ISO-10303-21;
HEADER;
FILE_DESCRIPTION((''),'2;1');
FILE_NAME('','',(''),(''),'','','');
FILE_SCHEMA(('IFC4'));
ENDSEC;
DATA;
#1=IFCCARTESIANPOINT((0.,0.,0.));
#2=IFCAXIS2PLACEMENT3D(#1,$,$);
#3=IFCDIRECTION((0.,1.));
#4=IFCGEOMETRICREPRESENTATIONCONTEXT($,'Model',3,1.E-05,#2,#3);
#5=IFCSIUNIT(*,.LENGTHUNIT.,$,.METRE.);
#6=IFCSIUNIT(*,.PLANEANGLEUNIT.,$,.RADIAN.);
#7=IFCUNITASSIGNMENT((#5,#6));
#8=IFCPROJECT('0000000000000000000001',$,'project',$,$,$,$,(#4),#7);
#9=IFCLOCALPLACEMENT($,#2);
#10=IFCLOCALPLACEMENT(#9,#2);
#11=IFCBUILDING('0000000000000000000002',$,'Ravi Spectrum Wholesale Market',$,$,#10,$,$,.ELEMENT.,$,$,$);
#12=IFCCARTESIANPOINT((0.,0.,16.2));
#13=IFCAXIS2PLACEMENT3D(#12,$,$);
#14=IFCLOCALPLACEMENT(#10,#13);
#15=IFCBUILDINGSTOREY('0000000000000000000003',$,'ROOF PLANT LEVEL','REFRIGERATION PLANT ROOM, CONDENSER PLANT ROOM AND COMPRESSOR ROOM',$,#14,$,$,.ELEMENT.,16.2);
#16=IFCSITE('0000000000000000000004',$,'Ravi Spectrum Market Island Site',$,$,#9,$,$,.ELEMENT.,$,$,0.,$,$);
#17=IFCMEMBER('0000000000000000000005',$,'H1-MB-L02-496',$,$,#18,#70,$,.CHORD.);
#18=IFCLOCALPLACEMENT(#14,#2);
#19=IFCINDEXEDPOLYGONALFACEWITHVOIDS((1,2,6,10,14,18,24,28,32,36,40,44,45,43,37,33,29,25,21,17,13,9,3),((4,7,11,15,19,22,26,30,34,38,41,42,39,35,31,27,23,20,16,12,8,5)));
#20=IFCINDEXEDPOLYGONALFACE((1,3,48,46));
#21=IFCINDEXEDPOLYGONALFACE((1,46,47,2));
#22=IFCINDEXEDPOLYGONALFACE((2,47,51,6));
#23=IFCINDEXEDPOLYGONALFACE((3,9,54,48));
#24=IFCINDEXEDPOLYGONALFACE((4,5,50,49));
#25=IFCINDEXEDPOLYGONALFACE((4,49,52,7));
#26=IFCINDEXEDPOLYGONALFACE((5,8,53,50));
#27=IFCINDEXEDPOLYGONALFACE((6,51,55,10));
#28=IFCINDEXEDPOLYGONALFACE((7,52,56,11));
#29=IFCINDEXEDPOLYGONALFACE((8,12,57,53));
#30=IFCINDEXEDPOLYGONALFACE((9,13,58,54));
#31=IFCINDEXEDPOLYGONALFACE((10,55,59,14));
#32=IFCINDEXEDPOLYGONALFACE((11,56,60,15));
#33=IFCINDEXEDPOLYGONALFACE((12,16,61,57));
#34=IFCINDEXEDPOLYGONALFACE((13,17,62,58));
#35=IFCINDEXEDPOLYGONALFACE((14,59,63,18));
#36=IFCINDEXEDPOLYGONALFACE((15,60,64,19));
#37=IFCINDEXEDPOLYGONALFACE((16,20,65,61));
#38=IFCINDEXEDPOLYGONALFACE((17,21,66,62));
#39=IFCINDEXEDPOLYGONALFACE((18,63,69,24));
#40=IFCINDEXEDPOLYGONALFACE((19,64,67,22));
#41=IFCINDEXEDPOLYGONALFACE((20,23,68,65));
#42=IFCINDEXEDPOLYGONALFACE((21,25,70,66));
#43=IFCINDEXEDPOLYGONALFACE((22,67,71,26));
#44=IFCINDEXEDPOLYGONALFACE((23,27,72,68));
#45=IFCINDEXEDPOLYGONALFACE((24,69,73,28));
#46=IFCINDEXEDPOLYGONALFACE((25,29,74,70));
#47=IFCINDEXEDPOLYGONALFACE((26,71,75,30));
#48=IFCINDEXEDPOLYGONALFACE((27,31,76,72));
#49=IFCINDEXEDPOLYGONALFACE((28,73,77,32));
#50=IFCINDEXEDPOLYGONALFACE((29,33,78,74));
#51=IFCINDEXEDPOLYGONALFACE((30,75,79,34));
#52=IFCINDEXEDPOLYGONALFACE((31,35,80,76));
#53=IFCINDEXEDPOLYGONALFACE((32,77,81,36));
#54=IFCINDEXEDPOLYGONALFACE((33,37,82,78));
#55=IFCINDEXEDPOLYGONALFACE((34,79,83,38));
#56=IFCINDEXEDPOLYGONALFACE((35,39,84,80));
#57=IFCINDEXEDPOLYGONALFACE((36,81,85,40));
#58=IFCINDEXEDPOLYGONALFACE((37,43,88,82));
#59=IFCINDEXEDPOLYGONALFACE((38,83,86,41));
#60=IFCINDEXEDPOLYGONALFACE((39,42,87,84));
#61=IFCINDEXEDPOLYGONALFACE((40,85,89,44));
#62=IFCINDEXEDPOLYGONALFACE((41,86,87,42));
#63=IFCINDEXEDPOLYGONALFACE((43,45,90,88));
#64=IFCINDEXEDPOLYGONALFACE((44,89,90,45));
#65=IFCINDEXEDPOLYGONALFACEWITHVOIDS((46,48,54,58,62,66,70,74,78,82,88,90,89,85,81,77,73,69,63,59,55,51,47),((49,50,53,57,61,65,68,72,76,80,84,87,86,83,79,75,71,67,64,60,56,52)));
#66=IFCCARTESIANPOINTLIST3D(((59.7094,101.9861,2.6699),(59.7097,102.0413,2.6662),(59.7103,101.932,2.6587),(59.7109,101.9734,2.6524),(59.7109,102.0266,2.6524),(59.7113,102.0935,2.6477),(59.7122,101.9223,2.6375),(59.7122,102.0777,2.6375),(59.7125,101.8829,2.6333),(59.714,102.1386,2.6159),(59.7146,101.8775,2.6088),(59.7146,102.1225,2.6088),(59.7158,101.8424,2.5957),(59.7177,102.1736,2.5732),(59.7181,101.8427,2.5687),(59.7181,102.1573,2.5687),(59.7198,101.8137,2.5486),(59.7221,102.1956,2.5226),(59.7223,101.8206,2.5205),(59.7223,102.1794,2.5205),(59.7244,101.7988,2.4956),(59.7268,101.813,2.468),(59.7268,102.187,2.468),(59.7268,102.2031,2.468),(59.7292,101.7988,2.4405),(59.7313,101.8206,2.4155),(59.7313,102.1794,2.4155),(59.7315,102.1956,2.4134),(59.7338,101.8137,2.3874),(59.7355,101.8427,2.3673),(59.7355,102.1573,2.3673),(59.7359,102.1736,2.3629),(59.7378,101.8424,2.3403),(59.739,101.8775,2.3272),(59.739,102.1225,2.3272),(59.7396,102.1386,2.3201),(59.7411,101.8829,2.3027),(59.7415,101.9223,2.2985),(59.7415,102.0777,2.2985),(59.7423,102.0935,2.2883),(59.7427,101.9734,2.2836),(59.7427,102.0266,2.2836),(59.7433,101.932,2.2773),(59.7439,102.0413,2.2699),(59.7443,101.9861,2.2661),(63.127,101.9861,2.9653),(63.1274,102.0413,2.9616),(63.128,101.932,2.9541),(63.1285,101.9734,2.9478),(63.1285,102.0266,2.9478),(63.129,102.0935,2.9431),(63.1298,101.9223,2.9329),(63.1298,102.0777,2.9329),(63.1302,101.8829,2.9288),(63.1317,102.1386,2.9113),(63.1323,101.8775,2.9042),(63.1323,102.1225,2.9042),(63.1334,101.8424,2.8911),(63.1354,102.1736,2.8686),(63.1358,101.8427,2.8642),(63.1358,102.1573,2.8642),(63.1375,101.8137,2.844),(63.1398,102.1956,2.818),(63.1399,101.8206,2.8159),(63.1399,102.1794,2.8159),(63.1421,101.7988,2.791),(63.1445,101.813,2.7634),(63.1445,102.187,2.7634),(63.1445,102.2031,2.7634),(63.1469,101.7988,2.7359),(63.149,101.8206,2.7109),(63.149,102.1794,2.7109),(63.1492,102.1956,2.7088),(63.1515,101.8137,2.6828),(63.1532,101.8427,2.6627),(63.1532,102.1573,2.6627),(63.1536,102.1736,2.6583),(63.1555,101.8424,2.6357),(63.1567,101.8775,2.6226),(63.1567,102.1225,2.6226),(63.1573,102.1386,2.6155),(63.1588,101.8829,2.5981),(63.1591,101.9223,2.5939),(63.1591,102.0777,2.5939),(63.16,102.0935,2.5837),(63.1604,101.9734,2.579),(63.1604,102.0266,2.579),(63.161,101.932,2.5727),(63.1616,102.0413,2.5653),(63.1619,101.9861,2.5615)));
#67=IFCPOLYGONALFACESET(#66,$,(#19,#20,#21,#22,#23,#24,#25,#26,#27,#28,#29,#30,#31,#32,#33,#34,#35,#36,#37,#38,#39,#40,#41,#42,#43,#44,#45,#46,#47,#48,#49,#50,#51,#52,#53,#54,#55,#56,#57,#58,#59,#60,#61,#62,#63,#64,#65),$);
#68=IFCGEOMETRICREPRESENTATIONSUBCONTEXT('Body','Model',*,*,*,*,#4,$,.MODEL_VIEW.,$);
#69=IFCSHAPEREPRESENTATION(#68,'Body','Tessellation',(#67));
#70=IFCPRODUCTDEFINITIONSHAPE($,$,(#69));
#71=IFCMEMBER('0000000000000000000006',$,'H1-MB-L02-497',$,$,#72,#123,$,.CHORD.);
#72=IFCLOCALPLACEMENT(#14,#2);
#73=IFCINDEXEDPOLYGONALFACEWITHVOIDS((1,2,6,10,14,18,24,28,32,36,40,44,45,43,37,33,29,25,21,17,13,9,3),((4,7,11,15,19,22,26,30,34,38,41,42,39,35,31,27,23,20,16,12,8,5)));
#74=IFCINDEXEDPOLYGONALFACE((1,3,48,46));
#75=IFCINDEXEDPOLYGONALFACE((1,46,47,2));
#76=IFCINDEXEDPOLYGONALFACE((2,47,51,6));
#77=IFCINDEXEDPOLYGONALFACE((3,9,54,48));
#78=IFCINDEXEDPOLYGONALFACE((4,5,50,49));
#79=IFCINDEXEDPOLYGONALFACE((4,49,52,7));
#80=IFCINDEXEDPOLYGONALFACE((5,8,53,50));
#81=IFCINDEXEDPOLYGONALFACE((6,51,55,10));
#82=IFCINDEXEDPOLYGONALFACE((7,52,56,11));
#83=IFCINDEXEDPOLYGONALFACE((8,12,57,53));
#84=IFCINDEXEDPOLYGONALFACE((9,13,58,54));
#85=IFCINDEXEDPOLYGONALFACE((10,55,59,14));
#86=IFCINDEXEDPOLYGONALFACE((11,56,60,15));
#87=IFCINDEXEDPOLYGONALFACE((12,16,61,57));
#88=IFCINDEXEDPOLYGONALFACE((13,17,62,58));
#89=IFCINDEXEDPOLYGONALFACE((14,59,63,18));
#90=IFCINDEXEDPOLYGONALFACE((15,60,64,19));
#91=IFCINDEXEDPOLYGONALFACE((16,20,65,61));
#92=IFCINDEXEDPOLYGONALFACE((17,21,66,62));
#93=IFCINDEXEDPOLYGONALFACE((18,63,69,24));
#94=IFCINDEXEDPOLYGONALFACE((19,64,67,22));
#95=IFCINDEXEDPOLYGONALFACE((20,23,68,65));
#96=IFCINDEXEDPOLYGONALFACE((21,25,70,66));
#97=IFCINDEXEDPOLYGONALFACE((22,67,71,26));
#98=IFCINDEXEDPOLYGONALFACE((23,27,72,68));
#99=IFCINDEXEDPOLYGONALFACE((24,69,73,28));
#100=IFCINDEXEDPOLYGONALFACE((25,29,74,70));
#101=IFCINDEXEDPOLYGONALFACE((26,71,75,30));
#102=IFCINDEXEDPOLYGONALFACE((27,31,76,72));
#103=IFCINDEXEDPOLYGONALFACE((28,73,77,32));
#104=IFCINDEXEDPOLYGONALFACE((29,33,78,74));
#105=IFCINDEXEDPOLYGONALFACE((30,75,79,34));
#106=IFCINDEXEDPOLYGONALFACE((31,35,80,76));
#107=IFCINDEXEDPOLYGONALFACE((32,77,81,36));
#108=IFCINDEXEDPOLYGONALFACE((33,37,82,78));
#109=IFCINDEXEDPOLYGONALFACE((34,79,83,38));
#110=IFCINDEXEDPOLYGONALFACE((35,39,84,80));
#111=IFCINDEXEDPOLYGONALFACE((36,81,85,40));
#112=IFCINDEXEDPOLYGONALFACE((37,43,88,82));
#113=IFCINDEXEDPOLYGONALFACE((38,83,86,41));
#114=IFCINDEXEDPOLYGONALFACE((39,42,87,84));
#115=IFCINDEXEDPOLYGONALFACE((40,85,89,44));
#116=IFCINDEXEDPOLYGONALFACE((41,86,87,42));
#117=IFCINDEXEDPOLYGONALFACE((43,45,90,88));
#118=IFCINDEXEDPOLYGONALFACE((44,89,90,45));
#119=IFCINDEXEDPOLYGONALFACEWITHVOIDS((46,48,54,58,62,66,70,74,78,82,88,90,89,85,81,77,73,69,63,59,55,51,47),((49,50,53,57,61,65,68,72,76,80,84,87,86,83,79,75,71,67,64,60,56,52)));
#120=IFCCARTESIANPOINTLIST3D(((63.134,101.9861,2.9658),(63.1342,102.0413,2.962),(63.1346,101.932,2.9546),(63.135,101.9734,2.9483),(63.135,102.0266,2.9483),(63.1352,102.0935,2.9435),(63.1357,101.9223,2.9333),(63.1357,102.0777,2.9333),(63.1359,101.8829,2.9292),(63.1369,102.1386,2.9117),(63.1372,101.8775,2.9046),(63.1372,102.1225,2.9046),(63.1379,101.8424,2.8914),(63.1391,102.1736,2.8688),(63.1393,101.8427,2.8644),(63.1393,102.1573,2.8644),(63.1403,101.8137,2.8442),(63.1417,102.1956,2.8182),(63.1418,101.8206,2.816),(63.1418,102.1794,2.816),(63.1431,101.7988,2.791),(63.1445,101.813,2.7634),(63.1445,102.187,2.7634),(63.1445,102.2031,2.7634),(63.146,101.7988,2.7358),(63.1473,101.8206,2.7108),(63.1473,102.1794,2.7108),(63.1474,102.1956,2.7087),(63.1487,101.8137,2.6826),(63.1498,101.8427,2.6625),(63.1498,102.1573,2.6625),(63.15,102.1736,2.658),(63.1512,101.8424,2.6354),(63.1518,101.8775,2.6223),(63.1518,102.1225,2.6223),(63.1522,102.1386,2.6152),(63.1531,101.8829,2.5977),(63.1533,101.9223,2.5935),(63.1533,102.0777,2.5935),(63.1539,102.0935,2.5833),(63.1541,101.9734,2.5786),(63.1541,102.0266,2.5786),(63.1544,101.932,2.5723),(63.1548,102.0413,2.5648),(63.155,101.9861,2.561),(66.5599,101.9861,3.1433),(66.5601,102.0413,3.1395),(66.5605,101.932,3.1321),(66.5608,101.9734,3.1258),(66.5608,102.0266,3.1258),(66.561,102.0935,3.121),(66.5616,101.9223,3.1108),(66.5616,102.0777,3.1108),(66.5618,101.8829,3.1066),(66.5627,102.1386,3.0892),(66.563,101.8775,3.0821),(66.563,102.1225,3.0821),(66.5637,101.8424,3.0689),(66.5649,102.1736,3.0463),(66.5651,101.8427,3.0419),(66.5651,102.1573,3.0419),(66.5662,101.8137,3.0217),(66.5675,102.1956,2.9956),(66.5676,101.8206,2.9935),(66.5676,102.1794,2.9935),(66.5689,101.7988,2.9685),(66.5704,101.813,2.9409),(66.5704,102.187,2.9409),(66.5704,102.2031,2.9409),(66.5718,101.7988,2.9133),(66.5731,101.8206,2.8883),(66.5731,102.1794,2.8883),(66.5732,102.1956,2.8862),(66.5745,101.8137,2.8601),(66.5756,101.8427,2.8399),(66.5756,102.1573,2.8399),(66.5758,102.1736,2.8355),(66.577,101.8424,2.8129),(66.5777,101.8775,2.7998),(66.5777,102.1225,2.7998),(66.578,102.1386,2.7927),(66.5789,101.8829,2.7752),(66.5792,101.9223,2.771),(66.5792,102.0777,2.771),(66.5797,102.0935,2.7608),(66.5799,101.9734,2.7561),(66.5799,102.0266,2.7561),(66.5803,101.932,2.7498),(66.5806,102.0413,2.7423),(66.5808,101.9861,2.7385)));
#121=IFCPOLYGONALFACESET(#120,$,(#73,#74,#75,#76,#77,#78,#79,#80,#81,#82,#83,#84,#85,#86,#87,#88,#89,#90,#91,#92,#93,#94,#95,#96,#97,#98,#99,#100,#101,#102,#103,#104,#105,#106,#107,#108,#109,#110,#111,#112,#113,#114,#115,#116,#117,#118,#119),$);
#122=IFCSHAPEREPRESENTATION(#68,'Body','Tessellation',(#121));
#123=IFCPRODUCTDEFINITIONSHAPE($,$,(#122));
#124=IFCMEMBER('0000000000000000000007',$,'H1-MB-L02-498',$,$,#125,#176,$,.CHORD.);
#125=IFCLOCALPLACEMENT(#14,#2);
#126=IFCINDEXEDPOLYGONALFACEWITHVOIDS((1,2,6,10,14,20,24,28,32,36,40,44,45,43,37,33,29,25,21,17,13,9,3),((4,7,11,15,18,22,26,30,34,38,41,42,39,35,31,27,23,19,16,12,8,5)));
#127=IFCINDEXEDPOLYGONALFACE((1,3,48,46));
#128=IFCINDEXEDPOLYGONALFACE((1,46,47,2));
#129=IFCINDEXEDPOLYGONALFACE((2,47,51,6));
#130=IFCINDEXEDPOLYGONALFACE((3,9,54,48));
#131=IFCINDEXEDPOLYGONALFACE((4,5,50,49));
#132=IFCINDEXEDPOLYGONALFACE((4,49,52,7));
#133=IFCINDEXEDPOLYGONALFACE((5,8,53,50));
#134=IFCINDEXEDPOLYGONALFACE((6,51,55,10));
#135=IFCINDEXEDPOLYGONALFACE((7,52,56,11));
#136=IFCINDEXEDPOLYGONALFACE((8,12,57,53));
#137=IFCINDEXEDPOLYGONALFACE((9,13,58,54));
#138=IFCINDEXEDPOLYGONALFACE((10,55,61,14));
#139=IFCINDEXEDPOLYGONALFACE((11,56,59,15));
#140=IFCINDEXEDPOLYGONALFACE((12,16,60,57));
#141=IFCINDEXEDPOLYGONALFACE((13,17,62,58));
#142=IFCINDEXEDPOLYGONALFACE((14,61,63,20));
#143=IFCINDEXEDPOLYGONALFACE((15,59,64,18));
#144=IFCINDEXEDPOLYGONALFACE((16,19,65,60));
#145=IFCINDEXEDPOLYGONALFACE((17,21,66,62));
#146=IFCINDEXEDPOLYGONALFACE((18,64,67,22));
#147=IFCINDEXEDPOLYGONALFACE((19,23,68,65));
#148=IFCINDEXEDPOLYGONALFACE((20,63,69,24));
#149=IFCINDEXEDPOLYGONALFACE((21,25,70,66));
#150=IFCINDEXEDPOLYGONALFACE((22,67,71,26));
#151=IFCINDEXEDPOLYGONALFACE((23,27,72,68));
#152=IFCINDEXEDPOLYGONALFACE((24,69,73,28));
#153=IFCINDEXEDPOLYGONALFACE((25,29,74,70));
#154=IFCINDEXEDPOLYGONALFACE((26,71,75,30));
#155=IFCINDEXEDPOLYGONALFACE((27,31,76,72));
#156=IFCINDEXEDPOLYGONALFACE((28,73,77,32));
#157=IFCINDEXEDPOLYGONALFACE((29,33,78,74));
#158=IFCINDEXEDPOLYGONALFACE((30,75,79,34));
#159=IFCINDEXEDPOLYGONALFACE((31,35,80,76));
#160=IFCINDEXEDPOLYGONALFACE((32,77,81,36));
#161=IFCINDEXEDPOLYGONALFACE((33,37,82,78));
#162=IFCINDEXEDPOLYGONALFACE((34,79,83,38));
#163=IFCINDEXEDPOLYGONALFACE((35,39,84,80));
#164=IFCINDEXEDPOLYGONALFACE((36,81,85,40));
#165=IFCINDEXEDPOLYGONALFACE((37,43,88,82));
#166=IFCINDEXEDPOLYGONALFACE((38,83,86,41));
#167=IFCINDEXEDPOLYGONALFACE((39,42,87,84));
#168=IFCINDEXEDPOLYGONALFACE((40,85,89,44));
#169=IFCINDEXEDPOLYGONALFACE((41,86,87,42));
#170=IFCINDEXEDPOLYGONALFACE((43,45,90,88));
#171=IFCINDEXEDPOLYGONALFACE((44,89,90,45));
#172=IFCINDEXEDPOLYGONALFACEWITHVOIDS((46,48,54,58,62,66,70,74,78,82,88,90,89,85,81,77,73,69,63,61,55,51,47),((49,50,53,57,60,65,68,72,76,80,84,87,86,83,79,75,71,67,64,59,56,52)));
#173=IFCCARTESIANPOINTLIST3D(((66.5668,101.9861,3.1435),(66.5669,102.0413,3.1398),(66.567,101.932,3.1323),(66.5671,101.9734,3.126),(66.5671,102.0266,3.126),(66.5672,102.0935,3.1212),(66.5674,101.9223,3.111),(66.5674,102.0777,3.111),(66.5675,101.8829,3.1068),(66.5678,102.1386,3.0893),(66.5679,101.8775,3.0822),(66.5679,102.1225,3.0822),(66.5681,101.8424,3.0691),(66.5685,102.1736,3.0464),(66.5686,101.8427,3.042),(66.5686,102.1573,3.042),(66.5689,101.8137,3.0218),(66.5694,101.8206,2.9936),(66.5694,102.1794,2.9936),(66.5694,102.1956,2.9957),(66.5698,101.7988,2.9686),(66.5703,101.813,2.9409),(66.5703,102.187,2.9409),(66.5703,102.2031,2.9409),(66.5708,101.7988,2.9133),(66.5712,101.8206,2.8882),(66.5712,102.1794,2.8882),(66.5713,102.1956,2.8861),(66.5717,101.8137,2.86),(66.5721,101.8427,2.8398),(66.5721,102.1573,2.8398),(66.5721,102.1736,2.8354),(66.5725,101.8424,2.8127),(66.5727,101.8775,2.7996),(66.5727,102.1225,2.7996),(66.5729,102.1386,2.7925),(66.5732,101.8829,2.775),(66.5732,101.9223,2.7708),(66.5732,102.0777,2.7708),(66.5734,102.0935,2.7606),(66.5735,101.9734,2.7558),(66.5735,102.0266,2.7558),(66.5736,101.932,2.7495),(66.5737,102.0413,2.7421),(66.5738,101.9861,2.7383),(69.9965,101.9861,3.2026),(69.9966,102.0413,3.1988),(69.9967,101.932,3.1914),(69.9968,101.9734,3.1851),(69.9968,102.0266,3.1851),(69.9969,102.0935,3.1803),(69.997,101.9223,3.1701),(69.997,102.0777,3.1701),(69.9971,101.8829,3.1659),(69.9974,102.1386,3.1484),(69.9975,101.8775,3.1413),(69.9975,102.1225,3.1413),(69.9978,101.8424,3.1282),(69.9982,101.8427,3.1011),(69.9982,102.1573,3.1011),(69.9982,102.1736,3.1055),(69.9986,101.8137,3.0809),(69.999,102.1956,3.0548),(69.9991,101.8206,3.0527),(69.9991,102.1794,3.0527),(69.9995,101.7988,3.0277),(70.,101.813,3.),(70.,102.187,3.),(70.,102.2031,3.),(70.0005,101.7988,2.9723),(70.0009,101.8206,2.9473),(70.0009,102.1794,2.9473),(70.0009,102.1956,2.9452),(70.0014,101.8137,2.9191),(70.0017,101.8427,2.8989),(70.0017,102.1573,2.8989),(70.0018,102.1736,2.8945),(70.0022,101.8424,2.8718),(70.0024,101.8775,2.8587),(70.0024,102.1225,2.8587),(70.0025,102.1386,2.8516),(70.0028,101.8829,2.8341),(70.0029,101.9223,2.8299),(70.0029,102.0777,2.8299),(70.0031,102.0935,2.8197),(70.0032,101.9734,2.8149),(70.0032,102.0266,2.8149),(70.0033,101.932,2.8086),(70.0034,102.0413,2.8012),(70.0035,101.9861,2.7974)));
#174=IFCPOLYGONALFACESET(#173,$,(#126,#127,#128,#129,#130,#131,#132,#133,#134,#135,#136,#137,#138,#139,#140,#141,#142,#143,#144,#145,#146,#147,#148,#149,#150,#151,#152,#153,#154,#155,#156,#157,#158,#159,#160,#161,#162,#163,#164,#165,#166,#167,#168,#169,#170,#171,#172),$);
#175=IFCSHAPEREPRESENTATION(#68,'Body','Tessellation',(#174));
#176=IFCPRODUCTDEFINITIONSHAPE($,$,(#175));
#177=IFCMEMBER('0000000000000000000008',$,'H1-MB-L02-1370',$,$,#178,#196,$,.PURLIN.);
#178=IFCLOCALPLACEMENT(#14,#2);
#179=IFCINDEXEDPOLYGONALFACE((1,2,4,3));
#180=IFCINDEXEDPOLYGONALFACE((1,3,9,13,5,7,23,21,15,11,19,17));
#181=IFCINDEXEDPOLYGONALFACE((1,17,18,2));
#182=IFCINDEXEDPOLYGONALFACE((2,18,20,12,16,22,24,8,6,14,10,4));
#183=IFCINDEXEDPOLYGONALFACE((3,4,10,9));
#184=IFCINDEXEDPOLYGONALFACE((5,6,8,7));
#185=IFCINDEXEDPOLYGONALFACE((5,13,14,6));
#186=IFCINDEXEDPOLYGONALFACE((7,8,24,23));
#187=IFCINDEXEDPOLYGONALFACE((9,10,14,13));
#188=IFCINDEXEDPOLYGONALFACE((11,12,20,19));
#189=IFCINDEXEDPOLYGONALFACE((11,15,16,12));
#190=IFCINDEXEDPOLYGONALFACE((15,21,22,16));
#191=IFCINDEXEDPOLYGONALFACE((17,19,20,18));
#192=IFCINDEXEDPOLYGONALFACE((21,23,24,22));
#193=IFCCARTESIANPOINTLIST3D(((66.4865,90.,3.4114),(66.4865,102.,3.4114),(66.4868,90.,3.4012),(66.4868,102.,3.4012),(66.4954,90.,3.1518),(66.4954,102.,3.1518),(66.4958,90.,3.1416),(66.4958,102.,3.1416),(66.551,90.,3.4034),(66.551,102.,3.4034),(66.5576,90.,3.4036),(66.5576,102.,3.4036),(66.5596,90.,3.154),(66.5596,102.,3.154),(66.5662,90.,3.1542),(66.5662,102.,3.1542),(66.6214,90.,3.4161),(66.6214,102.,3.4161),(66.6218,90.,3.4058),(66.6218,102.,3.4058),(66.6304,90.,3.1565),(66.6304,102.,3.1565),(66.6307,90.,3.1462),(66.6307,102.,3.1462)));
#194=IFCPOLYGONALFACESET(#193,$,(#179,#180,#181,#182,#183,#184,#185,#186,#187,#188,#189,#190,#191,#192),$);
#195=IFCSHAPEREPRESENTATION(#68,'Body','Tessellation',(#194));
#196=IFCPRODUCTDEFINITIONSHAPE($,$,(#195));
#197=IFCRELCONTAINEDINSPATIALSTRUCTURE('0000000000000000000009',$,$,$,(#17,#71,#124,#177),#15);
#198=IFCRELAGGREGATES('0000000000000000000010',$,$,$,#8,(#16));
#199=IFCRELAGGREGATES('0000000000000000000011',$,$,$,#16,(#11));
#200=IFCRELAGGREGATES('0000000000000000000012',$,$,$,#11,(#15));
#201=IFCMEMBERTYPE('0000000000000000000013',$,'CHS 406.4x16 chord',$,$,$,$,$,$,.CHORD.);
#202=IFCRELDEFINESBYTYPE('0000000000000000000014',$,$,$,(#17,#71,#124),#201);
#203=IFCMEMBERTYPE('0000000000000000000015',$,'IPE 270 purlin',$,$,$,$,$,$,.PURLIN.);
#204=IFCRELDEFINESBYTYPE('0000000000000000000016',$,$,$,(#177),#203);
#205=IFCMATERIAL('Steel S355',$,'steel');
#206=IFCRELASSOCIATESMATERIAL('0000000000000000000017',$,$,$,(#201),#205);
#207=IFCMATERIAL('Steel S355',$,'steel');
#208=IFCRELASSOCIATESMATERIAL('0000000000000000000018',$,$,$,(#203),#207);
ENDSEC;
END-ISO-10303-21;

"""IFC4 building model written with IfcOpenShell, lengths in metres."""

from ifc_helpers import new_model, si_unit, direction, frame, origin, origin_2d, place, context, subcontext, project, spatial, hollow_circle, i_section, extrude, material, material_profile, profile_set, type_object, element, save


model = new_model("IFC4")

# Units and contexts
model_context = context("Model", 3, precision=1e-05, world=origin(), true_north=direction((0.0, 1.0)))
body_context = subcontext(model_context, "Body", "Model", "MODEL_VIEW")
ifc_project = project(units=[si_unit("LENGTHUNIT", "METRE"), si_unit("PLANEANGLEUNIT", "RADIAN")], contexts=[model_context])

# Site, building, storey
site_placement = place(None, origin())
site = spatial("IfcSite", under=ifc_project, at=site_placement, Name="Ravi Spectrum Market Island Site", CompositionType="ELEMENT", RefElevation=0.0)
building_placement = place(site_placement, origin())
building = spatial("IfcBuilding", under=site, at=building_placement, Name="Ravi Spectrum Wholesale Market", CompositionType="ELEMENT")
storey_placement = place(building_placement, frame((0.0, 0.0, 16.2)))
storey = spatial("IfcBuildingStorey", under=building, at=storey_placement, Name="ROOF PLANT LEVEL", Description="REFRIGERATION PLANT ROOM, CONDENSER PLANT ROOM AND COMPRESSOR ROOM", CompositionType="ELEMENT", Elevation=16.2)

# Members
ifc_material_1 = material(Name="Steel S355", Category="steel")
ifc_material_profile_1 = material_profile(ifc_material_1, hollow_circle(Radius=0.2031, WallThickness=0.0161, at=origin_2d()))
ifc_profile_set_1 = profile_set([ifc_material_profile_1], Name="Steel S355")
member_type_1 = type_object("IfcMemberType", Name="CHS 406.4x16 chord", PredefinedType="CHORD", material=ifc_profile_set_1)
for number, where, z_axis, x_axis, name in (
    (1, (59.7268, 102.0, 2.468), (0.996285, 0.0, 0.086114), (0.0, 1.0, 0.0), "H1-MB-L02-496"),
    (2, (63.1445, 102.0, 2.7634), (0.998661, 0.0, 0.051741), (0.0, 1.0, 0.0), "H1-MB-L02-497"),
):
    element("IfcMember", number, at=place(storey_placement, frame(where, z_axis=z_axis, x_axis=x_axis)), inside=storey, type_object=member_type_1, Name=name, PredefinedType="CHORD", context=body_context, shape_type="SweptSolid", body=[
        extrude(hollow_circle(Radius=0.2031, WallThickness=0.0161, at=origin_2d()), origin(), (0.0, 0.0, 1.0), 3.4304),
    ])
member_1_placement = place(storey_placement, frame((66.5703, 102.0, 2.9409), z_axis=(0.999852, 0.0, 0.017224), x_axis=(0.0, 1.0, 0.0)))
element("IfcMember", 3, at=member_1_placement, inside=storey, type_object=member_type_1, Name="H1-MB-L02-498", PredefinedType="CHORD", context=body_context, shape_type="SweptSolid", body=[
    extrude(hollow_circle(Radius=0.2031, WallThickness=0.0161, at=origin_2d()), origin(), (0.0, 0.0, 1.0), 3.4302),
])
ifc_material_2 = material(Name="Steel S355", Category="steel")
ifc_material_profile_2 = material_profile(ifc_material_2, i_section(OverallWidth=0.135, OverallDepth=0.27, WebThickness=0.0066, FlangeThickness=0.0103, at=origin_2d()))
ifc_profile_set_2 = profile_set([ifc_material_profile_2], Name="Steel S355")
member_type_2 = type_object("IfcMemberType", Name="IPE 270 purlin", PredefinedType="PURLIN", material=ifc_profile_set_2)
for number, where, z_axis, x_axis, name in (
    (4, (66.5586, 90.0, 3.2788), (0.0, 1.0, 0.0), (-0.999405, 0.0, -0.034492), "H1-MB-L02-1370"),
):
    element("IfcMember", number, at=place(storey_placement, frame(where, z_axis=z_axis, x_axis=x_axis)), inside=storey, type_object=member_type_2, Name=name, PredefinedType="PURLIN", context=body_context, shape_type="SweptSolid", body=[
        extrude(i_section(OverallWidth=0.135, OverallDepth=0.27, WebThickness=0.0066, FlangeThickness=0.0103, at=origin_2d()), origin(), (0.0, 0.0, 1.0), 12.0),
    ])

save(model, "model.ifc")
